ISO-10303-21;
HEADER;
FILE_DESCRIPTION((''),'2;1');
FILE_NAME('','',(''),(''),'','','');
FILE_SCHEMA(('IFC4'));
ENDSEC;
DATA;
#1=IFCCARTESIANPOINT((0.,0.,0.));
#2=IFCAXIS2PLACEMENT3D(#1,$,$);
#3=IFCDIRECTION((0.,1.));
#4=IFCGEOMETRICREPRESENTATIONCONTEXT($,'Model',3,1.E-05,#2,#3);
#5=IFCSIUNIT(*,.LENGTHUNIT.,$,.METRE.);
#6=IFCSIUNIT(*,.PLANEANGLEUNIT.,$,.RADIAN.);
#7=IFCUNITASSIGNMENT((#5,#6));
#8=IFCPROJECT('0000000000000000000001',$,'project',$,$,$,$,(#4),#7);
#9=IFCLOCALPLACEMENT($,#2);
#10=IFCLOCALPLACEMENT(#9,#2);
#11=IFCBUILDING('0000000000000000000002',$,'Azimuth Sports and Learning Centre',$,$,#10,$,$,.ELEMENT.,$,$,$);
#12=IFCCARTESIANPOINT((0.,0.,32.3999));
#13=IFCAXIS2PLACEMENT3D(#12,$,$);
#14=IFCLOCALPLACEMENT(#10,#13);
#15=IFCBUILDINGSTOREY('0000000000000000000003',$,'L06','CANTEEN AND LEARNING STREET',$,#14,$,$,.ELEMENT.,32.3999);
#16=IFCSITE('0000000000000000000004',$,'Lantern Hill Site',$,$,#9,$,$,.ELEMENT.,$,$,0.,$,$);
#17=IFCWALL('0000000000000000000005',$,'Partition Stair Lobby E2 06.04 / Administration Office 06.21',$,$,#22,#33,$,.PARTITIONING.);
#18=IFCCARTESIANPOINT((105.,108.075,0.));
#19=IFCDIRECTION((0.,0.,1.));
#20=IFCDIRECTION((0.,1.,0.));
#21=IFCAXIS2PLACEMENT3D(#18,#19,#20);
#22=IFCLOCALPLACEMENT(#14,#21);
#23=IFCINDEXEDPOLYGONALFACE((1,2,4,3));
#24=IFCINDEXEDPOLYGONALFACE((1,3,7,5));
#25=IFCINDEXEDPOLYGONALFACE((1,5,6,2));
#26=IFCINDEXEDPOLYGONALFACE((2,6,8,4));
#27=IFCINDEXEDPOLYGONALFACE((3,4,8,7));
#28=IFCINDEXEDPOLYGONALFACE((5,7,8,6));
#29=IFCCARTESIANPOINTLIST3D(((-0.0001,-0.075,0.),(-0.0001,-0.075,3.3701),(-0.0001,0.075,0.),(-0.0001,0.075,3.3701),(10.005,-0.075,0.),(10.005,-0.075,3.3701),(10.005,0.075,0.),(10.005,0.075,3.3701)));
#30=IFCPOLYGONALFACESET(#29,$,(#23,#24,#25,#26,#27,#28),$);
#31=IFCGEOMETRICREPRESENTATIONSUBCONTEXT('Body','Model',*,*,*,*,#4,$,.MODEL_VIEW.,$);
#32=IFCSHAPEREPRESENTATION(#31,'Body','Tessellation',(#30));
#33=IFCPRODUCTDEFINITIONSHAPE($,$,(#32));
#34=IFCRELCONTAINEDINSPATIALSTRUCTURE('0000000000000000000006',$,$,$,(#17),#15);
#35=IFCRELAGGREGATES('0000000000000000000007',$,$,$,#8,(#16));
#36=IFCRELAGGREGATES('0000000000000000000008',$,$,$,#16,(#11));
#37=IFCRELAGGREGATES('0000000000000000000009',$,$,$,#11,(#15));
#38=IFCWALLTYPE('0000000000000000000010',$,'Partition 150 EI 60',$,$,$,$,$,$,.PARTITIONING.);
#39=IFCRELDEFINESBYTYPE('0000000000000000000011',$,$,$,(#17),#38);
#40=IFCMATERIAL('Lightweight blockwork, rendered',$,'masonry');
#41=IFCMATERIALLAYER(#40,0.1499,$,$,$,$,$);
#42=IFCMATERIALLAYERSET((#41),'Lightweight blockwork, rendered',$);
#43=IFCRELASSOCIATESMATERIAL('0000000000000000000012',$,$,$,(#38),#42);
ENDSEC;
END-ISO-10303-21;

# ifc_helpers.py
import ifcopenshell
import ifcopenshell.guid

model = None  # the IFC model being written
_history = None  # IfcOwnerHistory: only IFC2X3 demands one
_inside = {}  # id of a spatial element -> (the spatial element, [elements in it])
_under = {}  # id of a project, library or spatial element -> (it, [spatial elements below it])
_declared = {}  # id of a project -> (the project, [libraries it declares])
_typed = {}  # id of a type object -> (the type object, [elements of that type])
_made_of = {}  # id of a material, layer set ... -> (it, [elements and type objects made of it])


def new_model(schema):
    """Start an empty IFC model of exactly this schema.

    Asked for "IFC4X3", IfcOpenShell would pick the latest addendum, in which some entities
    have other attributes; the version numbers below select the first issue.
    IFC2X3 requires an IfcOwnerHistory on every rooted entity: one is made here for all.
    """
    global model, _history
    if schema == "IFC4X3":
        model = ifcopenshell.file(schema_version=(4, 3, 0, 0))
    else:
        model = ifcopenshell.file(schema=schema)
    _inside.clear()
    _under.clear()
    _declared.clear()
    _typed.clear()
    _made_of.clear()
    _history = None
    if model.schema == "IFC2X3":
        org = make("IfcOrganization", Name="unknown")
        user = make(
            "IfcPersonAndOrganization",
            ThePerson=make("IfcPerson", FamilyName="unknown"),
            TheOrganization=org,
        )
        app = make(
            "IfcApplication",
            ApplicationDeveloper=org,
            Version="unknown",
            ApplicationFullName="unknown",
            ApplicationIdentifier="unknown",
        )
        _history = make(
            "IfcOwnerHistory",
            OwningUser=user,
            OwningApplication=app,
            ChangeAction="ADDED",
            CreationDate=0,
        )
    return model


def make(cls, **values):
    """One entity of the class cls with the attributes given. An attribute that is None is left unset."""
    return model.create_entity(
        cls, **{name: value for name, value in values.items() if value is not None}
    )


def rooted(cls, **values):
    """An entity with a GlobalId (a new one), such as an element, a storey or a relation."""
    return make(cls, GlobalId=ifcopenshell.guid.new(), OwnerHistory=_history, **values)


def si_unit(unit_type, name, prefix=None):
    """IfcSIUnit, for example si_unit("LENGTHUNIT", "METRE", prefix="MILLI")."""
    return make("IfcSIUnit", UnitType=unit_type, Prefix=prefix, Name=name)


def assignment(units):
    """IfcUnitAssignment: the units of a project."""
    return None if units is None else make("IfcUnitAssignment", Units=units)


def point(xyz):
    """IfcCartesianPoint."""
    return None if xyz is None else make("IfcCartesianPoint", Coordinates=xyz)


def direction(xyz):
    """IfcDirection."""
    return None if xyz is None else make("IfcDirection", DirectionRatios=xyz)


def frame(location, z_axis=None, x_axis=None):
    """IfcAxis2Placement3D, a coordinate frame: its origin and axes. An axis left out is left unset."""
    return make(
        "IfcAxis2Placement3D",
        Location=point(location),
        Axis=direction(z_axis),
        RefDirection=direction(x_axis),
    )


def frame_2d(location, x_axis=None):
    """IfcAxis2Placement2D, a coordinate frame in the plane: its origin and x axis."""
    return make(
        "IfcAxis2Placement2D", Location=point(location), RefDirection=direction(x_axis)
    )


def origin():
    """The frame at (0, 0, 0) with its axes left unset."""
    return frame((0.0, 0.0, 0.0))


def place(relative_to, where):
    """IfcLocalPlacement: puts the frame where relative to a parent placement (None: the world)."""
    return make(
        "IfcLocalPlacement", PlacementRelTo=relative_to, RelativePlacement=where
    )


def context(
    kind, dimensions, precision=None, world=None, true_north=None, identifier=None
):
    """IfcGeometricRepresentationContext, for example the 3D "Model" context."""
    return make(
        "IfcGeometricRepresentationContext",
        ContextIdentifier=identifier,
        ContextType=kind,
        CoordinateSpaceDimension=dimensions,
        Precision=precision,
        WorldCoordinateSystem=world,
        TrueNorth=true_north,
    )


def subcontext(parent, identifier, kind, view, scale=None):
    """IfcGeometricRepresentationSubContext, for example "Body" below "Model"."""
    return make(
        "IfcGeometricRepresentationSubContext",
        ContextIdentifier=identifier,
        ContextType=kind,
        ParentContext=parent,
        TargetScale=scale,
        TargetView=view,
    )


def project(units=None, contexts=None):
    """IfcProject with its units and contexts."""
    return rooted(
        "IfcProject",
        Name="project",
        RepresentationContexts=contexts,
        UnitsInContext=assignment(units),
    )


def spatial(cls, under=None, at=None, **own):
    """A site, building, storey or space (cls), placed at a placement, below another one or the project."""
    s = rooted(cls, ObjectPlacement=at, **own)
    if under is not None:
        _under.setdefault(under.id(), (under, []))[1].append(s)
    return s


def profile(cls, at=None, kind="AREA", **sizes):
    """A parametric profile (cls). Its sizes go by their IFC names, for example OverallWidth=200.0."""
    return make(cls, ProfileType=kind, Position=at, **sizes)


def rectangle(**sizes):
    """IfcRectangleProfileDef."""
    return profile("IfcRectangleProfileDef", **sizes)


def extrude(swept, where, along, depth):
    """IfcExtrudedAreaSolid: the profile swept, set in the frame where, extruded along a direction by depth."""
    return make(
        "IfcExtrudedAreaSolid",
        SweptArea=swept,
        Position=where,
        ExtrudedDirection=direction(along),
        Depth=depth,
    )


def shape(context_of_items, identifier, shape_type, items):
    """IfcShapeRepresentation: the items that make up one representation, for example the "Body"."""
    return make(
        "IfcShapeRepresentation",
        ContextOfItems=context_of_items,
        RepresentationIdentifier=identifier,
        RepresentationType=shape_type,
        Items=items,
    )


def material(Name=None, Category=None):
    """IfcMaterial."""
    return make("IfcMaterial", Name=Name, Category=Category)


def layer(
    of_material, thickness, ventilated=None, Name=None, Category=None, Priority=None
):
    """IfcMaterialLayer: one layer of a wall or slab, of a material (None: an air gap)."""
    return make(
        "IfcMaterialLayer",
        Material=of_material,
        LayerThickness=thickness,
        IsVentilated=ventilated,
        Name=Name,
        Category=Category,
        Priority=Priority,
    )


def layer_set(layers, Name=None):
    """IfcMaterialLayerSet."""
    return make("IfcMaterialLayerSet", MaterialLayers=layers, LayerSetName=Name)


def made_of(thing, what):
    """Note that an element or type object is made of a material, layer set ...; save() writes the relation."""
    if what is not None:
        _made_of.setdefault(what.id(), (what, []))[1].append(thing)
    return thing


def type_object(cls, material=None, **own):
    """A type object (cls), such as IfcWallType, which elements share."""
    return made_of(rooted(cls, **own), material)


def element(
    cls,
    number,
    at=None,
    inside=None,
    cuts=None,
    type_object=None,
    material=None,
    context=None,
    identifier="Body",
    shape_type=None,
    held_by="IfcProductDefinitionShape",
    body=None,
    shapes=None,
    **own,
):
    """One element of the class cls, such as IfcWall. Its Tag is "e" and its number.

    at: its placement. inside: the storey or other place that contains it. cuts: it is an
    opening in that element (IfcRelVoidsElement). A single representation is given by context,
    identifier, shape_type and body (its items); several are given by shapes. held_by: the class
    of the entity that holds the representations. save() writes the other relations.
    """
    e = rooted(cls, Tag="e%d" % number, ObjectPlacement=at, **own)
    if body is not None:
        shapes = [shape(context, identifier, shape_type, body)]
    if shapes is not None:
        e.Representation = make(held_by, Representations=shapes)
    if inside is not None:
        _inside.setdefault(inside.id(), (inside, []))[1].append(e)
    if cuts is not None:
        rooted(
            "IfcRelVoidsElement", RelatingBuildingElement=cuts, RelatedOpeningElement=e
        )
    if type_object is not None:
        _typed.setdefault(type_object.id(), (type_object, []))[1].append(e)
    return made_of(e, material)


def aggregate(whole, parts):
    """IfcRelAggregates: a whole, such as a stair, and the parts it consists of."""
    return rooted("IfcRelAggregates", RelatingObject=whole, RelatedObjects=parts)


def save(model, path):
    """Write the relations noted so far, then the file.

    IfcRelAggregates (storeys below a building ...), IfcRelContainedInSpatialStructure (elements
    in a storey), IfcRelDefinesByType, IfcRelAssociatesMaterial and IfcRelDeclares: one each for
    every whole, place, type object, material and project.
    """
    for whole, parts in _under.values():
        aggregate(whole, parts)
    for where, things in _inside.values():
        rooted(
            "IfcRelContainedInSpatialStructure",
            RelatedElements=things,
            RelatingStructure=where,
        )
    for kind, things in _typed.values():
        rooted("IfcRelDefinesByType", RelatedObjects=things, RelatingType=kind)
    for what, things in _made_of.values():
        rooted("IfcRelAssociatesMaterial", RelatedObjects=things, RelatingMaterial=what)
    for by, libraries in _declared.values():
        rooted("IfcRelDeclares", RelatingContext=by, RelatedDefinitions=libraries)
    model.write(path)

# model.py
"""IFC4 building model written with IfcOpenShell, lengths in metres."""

from ifc_helpers import new_model, si_unit, direction, frame, frame_2d, origin, place, context, subcontext, project, spatial, rectangle, extrude, material, layer, layer_set, type_object, element, save


model = new_model("IFC4")

# Units and contexts
model_context = context("Model", 3, precision=1e-05, world=origin(), true_north=direction((0.0, 1.0)))
body_context = subcontext(model_context, "Body", "Model", "MODEL_VIEW")
ifc_project = project(units=[si_unit("LENGTHUNIT", "METRE"), si_unit("PLANEANGLEUNIT", "RADIAN")], contexts=[model_context])

# Site, building, storey
site_placement = place(None, origin())
site = spatial("IfcSite", under=ifc_project, at=site_placement, Name="Lantern Hill Site", CompositionType="ELEMENT", RefElevation=0.0)
building_placement = place(site_placement, origin())
building = spatial("IfcBuilding", under=site, at=building_placement, Name="Azimuth Sports and Learning Centre", CompositionType="ELEMENT")
storey_placement = place(building_placement, frame((0.0, 0.0, 32.3999)))
storey = spatial("IfcBuildingStorey", under=building, at=storey_placement, Name="L06", Description="CANTEEN AND LEARNING STREET", CompositionType="ELEMENT", Elevation=32.3999)

# Shared definitions
ifc_material_1 = material(Name="Lightweight blockwork, rendered", Category="masonry")
ifc_layer_1 = layer(ifc_material_1, 0.1499)
ifc_layer_set_1 = layer_set([ifc_layer_1], Name="Lightweight blockwork, rendered")
wall_type_1 = type_object("IfcWallType", Name="Partition 150 EI 60", PredefinedType="PARTITIONING", material=ifc_layer_set_1)

# Wall
wall_1_placement = place(storey_placement, frame((105.0, 108.075, 0.0), z_axis=(0.0, 0.0, 1.0), x_axis=(0.0, 1.0, 0.0)))
element("IfcWall", 1, at=wall_1_placement, inside=storey, type_object=wall_type_1, Name="Partition Stair Lobby E2 06.04 / Administration Office 06.21", PredefinedType="PARTITIONING", context=body_context, shape_type="SweptSolid", body=[
    extrude(rectangle(XDim=10.0051, YDim=0.1499, at=frame_2d((5.0024, 0.0))), origin(), (0.0, 0.0, 1.0), 3.3701),
])

save(model, "model.ifc")
